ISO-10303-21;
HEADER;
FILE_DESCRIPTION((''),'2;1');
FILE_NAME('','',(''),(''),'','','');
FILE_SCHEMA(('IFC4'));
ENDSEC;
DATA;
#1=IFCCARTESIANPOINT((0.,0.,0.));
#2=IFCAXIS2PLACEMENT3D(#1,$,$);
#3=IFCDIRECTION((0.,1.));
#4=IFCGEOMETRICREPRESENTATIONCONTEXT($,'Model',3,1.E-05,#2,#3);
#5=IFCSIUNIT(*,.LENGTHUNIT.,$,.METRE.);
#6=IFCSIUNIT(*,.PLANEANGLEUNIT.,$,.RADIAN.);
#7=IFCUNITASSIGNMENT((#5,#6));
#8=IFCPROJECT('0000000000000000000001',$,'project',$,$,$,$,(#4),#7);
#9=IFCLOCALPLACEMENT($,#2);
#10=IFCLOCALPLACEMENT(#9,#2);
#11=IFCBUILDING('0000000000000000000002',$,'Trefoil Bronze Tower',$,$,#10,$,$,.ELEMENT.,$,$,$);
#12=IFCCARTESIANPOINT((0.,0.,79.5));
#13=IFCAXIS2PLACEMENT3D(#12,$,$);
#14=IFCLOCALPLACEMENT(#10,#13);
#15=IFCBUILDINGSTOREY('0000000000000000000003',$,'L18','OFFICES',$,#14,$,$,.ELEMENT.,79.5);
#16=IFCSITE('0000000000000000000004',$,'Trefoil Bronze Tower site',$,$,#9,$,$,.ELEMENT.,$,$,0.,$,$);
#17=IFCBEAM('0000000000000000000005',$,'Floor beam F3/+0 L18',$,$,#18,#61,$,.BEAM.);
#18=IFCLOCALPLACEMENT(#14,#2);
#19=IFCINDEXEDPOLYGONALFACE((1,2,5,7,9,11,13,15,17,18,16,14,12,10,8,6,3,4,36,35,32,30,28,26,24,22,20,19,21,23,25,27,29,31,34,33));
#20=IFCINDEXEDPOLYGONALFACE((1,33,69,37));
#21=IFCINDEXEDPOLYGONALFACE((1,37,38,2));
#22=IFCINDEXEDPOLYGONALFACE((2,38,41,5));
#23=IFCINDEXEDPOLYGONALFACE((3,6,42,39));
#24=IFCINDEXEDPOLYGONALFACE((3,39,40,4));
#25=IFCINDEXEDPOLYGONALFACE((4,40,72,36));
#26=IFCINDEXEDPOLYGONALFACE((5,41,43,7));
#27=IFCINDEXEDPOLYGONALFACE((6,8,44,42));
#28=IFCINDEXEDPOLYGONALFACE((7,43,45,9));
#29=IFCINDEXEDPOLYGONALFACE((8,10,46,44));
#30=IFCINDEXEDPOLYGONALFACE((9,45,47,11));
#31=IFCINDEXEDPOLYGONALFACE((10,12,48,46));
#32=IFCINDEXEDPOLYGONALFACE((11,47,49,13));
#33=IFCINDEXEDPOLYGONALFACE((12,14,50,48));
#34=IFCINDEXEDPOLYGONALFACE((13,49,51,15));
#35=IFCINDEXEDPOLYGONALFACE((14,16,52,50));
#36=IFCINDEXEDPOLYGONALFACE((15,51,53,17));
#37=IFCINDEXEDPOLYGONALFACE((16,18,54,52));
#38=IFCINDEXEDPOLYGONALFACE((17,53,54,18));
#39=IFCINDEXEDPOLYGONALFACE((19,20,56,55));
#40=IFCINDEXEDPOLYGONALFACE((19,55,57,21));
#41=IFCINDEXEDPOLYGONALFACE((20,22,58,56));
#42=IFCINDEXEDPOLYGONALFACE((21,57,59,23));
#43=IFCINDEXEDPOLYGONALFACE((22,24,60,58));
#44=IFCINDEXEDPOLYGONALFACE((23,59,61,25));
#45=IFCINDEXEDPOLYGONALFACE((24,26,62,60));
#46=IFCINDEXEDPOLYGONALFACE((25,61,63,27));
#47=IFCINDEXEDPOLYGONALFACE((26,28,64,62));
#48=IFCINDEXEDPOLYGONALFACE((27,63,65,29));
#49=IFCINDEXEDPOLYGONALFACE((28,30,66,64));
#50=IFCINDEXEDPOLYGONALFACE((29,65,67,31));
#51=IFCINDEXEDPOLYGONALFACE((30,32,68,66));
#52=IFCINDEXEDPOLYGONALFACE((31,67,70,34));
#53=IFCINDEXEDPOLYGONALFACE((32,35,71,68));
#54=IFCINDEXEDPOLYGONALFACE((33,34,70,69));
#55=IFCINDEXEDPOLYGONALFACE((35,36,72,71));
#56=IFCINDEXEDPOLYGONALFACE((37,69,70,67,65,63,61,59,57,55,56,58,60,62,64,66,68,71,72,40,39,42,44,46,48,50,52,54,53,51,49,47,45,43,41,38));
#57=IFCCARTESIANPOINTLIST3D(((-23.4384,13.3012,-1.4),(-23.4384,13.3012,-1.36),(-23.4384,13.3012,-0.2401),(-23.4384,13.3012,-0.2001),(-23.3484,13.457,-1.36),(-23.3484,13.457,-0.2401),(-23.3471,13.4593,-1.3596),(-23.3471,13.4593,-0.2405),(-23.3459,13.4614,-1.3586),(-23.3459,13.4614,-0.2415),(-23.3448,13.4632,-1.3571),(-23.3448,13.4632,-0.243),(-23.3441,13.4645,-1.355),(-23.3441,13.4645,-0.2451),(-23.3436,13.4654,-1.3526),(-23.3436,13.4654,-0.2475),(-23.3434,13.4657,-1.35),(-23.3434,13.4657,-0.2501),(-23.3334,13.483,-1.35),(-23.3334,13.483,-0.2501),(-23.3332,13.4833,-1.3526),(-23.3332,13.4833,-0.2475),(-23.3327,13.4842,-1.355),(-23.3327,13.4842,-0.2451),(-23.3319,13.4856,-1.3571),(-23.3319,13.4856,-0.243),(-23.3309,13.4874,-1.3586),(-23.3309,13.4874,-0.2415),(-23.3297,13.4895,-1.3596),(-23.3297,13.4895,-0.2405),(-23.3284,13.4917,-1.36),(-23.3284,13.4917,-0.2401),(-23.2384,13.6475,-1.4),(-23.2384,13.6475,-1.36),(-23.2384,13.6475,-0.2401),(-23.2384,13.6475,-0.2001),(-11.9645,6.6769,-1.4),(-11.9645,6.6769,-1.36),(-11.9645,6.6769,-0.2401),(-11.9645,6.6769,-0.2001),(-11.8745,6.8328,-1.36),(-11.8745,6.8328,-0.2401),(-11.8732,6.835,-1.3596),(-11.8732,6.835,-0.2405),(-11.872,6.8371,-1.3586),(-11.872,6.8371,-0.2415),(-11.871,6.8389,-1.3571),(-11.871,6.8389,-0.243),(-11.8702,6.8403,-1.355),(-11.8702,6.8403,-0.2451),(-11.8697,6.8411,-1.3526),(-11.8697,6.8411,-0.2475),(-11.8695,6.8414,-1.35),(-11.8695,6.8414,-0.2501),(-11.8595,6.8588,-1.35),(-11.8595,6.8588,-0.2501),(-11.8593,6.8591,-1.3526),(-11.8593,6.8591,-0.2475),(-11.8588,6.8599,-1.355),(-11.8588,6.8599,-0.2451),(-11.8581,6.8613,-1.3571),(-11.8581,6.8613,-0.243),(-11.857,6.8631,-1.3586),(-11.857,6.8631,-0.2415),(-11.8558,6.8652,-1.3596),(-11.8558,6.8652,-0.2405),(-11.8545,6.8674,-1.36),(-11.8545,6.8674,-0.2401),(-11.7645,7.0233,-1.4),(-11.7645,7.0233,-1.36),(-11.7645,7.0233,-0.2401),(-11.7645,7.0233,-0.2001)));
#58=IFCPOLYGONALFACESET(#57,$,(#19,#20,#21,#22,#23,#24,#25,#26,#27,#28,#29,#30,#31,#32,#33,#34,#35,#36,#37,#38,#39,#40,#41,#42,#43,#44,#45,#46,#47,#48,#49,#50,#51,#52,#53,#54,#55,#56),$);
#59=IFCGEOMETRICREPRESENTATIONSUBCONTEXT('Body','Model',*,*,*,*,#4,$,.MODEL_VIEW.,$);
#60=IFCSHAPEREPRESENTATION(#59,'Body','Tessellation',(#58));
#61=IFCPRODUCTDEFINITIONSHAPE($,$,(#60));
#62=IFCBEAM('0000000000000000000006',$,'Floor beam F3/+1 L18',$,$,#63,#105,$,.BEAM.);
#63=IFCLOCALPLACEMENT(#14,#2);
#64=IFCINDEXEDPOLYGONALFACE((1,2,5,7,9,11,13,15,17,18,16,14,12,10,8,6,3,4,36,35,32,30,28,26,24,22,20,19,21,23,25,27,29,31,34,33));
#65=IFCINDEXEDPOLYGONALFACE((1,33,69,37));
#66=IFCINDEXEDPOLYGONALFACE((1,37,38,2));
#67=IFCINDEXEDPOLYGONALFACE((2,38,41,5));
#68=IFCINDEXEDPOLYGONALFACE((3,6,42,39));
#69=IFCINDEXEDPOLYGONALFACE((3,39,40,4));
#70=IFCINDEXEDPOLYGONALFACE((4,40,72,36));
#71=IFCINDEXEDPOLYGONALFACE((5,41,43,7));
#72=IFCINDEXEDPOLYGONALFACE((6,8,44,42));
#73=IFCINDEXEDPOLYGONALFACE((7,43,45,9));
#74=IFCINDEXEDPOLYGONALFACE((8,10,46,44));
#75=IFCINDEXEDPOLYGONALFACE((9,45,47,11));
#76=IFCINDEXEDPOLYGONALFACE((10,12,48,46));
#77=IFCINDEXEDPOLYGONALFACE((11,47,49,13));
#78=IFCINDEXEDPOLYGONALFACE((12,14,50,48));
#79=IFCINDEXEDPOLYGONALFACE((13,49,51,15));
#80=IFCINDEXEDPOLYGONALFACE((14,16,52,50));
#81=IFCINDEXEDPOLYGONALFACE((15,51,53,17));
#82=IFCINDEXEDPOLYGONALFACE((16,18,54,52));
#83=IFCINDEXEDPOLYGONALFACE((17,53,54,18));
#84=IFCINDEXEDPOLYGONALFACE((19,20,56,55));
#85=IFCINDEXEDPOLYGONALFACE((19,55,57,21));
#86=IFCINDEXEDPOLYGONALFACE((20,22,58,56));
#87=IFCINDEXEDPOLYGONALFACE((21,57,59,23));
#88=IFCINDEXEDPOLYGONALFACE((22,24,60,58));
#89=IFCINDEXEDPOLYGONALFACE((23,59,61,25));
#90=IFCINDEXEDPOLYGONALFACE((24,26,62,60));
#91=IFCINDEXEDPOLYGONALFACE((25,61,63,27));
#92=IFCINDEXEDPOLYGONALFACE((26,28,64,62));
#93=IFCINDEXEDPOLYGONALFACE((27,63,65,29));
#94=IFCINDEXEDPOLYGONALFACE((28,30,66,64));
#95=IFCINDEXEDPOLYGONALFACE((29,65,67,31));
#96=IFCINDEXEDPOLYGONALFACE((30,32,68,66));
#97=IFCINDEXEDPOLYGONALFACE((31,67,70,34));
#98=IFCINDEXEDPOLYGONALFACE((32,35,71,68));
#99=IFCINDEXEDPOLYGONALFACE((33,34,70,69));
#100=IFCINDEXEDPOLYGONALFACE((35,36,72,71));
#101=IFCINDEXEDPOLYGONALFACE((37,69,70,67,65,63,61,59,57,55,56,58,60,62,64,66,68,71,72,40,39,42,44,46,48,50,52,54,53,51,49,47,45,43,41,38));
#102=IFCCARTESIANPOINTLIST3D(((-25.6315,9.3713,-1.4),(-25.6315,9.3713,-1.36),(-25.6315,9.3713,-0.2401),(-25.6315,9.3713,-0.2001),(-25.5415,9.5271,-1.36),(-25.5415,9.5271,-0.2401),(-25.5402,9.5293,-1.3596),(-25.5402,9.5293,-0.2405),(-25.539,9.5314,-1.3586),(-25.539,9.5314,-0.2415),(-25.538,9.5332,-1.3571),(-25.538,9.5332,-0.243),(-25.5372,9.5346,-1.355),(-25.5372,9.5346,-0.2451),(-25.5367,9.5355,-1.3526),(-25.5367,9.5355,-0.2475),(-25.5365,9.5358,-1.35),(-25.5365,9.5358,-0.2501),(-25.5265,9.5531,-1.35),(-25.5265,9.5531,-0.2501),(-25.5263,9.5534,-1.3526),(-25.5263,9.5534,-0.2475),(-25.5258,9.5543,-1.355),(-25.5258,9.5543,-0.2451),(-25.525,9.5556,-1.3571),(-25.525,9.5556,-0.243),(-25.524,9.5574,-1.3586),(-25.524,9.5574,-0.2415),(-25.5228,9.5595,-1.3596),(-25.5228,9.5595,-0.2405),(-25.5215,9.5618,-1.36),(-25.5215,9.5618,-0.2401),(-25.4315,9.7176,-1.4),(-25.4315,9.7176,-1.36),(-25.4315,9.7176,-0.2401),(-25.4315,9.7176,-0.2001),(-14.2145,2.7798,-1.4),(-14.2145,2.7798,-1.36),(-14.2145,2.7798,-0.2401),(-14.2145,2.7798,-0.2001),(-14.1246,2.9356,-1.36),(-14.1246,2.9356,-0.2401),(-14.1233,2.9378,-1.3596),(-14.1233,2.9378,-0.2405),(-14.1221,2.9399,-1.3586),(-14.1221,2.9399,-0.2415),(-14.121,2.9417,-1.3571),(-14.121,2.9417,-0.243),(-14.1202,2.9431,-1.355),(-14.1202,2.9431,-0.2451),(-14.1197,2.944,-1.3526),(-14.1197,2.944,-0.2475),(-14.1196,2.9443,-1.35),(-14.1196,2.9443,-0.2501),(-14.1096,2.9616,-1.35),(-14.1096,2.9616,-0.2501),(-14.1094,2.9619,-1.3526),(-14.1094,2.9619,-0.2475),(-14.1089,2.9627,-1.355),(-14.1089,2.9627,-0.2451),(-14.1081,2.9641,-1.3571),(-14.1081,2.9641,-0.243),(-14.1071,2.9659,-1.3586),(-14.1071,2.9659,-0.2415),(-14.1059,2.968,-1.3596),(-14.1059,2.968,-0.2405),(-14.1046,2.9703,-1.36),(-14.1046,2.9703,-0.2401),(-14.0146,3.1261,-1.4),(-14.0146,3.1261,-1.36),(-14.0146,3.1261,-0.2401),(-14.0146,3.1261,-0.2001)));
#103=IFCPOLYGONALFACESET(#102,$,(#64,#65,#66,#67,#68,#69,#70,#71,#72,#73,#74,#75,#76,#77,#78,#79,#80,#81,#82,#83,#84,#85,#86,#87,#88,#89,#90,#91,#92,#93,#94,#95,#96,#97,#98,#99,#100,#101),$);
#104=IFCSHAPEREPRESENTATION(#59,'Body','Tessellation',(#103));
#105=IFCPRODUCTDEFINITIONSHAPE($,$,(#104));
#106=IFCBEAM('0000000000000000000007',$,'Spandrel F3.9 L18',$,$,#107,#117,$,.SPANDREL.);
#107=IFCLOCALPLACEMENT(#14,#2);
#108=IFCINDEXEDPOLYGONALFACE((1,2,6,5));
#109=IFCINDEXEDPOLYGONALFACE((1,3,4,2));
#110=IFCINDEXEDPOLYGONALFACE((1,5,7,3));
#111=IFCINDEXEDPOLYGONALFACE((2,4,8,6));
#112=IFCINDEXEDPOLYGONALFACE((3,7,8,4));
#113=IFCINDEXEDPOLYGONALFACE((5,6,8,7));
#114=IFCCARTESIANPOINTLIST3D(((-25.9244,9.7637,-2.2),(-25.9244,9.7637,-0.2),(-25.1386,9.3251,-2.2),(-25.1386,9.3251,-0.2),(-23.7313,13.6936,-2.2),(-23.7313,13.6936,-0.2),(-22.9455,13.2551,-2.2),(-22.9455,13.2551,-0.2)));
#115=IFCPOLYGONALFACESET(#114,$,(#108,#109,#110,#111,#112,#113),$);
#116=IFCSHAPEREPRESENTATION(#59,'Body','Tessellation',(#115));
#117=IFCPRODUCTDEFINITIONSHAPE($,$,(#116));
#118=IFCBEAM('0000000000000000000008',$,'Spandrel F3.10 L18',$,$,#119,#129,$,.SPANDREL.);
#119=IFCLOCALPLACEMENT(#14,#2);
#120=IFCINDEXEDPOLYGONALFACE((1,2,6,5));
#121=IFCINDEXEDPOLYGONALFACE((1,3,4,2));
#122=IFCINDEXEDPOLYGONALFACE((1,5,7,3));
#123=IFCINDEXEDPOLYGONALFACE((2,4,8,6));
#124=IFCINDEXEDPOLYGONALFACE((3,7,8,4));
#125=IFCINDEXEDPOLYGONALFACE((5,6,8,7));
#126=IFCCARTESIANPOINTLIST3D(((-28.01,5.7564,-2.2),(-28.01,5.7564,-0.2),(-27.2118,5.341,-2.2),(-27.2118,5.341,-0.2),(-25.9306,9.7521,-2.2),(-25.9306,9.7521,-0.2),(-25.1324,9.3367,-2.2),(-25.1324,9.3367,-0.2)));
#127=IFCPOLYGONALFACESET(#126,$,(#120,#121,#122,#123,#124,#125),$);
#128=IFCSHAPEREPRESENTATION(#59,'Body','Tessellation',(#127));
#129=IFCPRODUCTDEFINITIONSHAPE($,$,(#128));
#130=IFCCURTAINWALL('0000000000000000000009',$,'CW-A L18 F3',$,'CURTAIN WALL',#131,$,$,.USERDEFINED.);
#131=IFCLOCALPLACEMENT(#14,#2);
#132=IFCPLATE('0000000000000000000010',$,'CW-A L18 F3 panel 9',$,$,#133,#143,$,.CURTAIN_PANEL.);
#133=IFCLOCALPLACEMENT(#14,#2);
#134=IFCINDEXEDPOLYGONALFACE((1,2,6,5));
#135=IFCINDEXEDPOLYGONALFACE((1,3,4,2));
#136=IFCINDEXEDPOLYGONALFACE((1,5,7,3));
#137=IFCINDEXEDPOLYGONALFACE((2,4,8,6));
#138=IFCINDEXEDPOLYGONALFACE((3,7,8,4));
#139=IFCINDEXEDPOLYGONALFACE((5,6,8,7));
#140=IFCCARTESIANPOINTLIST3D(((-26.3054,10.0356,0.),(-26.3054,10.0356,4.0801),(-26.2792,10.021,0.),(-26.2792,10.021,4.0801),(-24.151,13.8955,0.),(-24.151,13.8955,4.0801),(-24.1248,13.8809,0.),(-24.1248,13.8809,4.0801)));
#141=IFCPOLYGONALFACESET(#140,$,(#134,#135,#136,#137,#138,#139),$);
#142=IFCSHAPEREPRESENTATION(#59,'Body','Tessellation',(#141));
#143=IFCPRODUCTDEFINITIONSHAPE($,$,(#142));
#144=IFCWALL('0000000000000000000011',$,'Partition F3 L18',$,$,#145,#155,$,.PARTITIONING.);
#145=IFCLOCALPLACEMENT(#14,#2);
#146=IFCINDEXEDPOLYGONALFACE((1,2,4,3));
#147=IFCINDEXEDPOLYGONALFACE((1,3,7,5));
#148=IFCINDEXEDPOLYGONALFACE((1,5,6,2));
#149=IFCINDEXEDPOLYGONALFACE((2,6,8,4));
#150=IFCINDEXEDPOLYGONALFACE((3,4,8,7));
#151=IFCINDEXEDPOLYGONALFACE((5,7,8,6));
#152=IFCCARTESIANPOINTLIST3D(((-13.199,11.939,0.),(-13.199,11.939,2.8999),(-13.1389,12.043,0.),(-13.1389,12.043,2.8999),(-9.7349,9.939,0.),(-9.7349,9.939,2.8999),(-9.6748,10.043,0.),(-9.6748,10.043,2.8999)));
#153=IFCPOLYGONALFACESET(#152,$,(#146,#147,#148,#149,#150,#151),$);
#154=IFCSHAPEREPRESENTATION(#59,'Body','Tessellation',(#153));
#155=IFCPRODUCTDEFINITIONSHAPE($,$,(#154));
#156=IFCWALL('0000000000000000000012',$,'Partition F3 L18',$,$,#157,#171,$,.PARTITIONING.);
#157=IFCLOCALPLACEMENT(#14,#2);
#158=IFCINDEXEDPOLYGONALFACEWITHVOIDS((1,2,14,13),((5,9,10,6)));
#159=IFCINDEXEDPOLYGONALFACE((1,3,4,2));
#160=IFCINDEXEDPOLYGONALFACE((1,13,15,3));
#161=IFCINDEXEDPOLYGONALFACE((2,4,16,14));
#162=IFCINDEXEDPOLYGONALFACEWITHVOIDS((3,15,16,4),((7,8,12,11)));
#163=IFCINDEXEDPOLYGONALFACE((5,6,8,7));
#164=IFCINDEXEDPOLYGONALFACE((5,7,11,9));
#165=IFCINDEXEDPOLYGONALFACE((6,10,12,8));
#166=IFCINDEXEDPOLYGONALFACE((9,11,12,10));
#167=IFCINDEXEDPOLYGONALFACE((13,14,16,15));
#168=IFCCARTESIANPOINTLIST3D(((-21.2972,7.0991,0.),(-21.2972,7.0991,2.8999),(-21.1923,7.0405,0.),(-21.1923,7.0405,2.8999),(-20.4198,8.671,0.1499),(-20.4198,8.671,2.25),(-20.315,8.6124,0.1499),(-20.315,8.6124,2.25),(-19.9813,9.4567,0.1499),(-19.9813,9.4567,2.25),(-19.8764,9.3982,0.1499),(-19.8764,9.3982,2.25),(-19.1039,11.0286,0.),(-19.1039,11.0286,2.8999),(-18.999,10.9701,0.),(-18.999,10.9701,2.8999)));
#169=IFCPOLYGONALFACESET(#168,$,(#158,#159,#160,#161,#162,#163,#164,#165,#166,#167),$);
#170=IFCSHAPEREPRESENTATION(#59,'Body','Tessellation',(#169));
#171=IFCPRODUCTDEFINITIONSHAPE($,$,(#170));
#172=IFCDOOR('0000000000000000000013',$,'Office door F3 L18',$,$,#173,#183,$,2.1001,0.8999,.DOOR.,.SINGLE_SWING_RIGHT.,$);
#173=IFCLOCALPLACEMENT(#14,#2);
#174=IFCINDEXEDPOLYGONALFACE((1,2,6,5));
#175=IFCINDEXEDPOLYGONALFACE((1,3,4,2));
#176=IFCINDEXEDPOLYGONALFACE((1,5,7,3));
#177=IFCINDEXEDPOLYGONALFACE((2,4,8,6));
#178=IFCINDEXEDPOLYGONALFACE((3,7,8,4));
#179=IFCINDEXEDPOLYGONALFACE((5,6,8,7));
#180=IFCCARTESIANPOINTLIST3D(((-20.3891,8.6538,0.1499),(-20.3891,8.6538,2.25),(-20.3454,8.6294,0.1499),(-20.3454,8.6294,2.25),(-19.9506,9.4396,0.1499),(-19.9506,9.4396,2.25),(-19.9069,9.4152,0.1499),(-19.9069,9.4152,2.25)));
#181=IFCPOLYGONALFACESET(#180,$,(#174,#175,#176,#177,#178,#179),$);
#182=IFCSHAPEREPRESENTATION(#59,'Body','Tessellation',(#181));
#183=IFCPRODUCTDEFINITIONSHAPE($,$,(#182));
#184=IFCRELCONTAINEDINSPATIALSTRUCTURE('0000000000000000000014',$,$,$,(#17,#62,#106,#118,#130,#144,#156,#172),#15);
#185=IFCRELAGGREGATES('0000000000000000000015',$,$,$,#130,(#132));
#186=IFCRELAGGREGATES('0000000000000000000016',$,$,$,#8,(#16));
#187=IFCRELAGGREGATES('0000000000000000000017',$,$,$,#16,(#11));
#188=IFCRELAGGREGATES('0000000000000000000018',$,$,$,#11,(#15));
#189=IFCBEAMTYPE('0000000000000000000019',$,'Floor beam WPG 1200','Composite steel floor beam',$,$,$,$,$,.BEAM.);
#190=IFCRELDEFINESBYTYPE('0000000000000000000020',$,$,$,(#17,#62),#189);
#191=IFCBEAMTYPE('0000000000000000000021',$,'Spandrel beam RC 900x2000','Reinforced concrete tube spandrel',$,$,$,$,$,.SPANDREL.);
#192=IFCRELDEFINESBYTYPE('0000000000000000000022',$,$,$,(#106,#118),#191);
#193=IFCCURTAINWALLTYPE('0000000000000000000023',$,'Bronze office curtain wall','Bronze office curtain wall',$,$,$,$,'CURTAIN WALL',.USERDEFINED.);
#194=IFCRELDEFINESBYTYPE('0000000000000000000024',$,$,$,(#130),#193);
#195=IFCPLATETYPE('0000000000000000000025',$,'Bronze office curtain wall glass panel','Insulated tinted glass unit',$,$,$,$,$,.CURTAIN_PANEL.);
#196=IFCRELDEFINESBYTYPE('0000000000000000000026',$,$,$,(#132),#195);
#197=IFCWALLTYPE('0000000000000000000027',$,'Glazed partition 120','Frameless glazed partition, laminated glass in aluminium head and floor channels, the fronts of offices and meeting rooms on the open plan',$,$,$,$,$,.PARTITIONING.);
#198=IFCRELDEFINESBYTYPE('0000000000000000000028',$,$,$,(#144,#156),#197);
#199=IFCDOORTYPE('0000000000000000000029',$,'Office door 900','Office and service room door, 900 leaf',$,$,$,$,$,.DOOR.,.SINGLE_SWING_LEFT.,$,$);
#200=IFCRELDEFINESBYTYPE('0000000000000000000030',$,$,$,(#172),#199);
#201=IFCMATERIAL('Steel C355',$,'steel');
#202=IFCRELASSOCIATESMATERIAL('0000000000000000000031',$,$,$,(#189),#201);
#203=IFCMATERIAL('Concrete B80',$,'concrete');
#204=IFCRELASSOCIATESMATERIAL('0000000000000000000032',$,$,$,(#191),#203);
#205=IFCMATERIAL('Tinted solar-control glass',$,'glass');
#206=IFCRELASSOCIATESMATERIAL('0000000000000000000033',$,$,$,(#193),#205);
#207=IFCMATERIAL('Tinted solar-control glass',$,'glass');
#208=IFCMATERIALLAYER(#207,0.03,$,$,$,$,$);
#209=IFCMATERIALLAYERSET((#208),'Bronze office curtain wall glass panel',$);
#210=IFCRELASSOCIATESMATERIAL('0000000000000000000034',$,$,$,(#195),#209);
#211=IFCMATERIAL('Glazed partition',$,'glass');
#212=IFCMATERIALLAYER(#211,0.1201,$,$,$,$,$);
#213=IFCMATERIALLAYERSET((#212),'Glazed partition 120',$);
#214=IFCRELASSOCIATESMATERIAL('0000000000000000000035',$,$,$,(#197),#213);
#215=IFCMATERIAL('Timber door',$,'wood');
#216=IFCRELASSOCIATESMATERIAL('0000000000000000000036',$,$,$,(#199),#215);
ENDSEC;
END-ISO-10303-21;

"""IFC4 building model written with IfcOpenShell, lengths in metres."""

from ifc_helpers import new_model, si_unit, direction, frame, frame_2d, origin, origin_2d, place, context, subcontext, project, spatial, rectangle, i_section, extrude, material, layer, layer_set, material_profile, profile_set, type_object, element, fill, aggregate, save


model = new_model("IFC4")

# Units and contexts
model_context = context("Model", 3, precision=1e-05, world=origin(), true_north=direction((0.0, 1.0)))
body_context = subcontext(model_context, "Body", "Model", "MODEL_VIEW")
ifc_project = project(units=[si_unit("LENGTHUNIT", "METRE"), si_unit("PLANEANGLEUNIT", "RADIAN")], contexts=[model_context])

# Site, building, storey
site_placement = place(None, origin())
site = spatial("IfcSite", under=ifc_project, at=site_placement, Name="Trefoil Bronze Tower site", CompositionType="ELEMENT", RefElevation=0.0)
building_placement = place(site_placement, origin())
building = spatial("IfcBuilding", under=site, at=building_placement, Name="Trefoil Bronze Tower", CompositionType="ELEMENT")
storey_placement = place(building_placement, frame((0.0, 0.0, 79.5)))
storey = spatial("IfcBuildingStorey", under=building, at=storey_placement, Name="L18", Description="OFFICES", CompositionType="ELEMENT", Elevation=79.5)

# Beams
ifc_material_1 = material(Name="Steel C355", Category="steel")
ifc_material_profile_1 = material_profile(ifc_material_1, i_section(OverallWidth=0.3999, OverallDepth=1.2, WebThickness=0.02, FlangeThickness=0.04, FilletRadius=0.01, at=origin_2d()), Name="WPG 1200")
ifc_profile_set_1 = profile_set([ifc_material_profile_1], Name="Steel C355")
beam_type_1 = type_object("IfcBeamType", Name="Floor beam WPG 1200", Description="Composite steel floor beam", PredefinedType="BEAM", material=ifc_profile_set_1)
beam_1_placement = place(storey_placement, frame((-23.3384, 13.4744, -0.8), z_axis=(0.866031, -0.49999, 0.0), x_axis=(0.49999, 0.866031, 0.0)))
element("IfcBeam", 1, at=beam_1_placement, inside=storey, type_object=beam_type_1, Name="Floor beam F3/+0 L18", PredefinedType="BEAM", context=body_context, shape_type="SweptSolid", body=[
    extrude(i_section(OverallWidth=0.3999, OverallDepth=1.2, WebThickness=0.02, FlangeThickness=0.04, FilletRadius=0.01, at=origin_2d()), origin(), (0.0, 0.0, 1.0), 13.2488),
])
beam_2_placement = place(storey_placement, frame((-25.5315, 9.5444, -0.8), z_axis=(0.866027, -0.499997, 0.0), x_axis=(0.499997, 0.866027, 0.0)))
element("IfcBeam", 2, at=beam_2_placement, inside=storey, type_object=beam_type_1, Name="Floor beam F3/+1 L18", PredefinedType="BEAM", context=body_context, shape_type="SweptSolid", body=[
    extrude(i_section(OverallWidth=0.3999, OverallDepth=1.2, WebThickness=0.02, FlangeThickness=0.04, FilletRadius=0.01, at=origin_2d()), origin(), (0.0, 0.0, 1.0), 13.1831),
])
ifc_material_2 = material(Name="Concrete B80", Category="concrete")
ifc_material_profile_2 = material_profile(ifc_material_2, rectangle(XDim=0.8999, YDim=2.0, at=origin_2d()), Name="RC 900x2000")
ifc_profile_set_2 = profile_set([ifc_material_profile_2], Name="Concrete B80")
beam_type_2 = type_object("IfcBeamType", Name="Spandrel beam RC 900x2000", Description="Reinforced concrete tube spandrel", PredefinedType="SPANDREL", material=ifc_profile_set_2)
beam_3_placement = place(storey_placement, frame((-23.3384, 13.4744, -1.2), z_axis=(-0.487309, -0.873229, 0.0), x_axis=(0.873229, -0.487309, 0.0)))
element("IfcBeam", 3, at=beam_3_placement, inside=storey, type_object=beam_type_2, Name="Spandrel F3.9 L18", PredefinedType="SPANDREL", context=body_context, shape_type="SweptSolid", body=[
    extrude(rectangle(XDim=0.8999, YDim=2.0, at=origin_2d()), origin(), (0.0, 0.0, 1.0), 4.5005),
])
beam_4_placement = place(storey_placement, frame((-25.5315, 9.5444, -1.2), z_axis=(-0.461638, -0.887069, 0.0), x_axis=(0.887069, -0.461638, 0.0)))
element("IfcBeam", 4, at=beam_4_placement, inside=storey, type_object=beam_type_2, Name="Spandrel F3.10 L18", PredefinedType="SPANDREL", context=body_context, shape_type="SweptSolid", body=[
    extrude(rectangle(XDim=0.8999, YDim=2.0, at=origin_2d()), origin(), (0.0, 0.0, 1.0), 4.5044),
])

# Curtain wall, plate
ifc_material_3 = material(Name="Tinted solar-control glass", Category="glass")
curtain_wall_type = type_object("IfcCurtainWallType", Name="Bronze office curtain wall", Description="Bronze office curtain wall", ElementType="CURTAIN WALL", PredefinedType="USERDEFINED", material=ifc_material_3)
curtain_wall_placement = place(storey_placement, origin())
curtain_wall = element("IfcCurtainWall", 5, at=curtain_wall_placement, inside=storey, type_object=curtain_wall_type, Name="CW-A L18 F3", ObjectType="CURTAIN WALL", PredefinedType="USERDEFINED")
ifc_material_4 = material(Name="Tinted solar-control glass", Category="glass")
ifc_layer_1 = layer(ifc_material_4, 0.03)
ifc_layer_set_1 = layer_set([ifc_layer_1], Name="Bronze office curtain wall glass panel")
plate_type = type_object("IfcPlateType", Name="Bronze office curtain wall glass panel", Description="Insulated tinted glass unit", PredefinedType="CURTAIN_PANEL", material=ifc_layer_set_1)
plate_placement = place(storey_placement, frame((-25.2151, 11.9583, 0.0), z_axis=(0.0, 0.0, 1.0), x_axis=(-0.487382, -0.873189, 0.0)))
plate = element("IfcPlate", 6, at=plate_placement, type_object=plate_type, Name="CW-A L18 F3 panel 9", PredefinedType="CURTAIN_PANEL", context=body_context, shape_type="SweptSolid", body=[
    extrude(rectangle(XDim=4.4204, YDim=0.03, at=origin_2d()), origin(), (0.0, 0.0, 1.0), 4.0801),
])
aggregate(curtain_wall, [plate])

# Wall
ifc_material_5 = material(Name="Glazed partition", Category="glass")
ifc_layer_2 = layer(ifc_material_5, 0.1201)
ifc_layer_set_2 = layer_set([ifc_layer_2], Name="Glazed partition 120")
wall_type_1 = type_object("IfcWallType", Name="Glazed partition 120", Description="Frameless glazed partition, laminated glass in aluminium head and floor channels, the fronts of offices and meeting rooms on the open plan", PredefinedType="PARTITIONING", material=ifc_layer_set_2)
wall_1_placement = place(storey_placement, frame((-9.7048, 9.991, 0.0), z_axis=(0.0, 0.0, 1.0), x_axis=(-0.866026, 0.499999, 0.0)))
element("IfcWall", 7, at=wall_1_placement, inside=storey, type_object=wall_type_1, Name="Partition F3 L18", PredefinedType="PARTITIONING", context=body_context, shape_type="SweptSolid", body=[
    extrude(rectangle(XDim=4.0, YDim=0.1201, at=frame_2d((2.0, 0.0))), origin(), (0.0, 0.0, 1.0), 2.8999),
])

# Wall, opening, door
wall_2_placement = place(storey_placement, frame((-19.0515, 10.9993, 0.0), z_axis=(0.0, 0.0, 1.0), x_axis=(-0.487374, -0.873193, 0.0)))
wall_2 = element("IfcWall", 8, at=wall_2_placement, inside=storey, type_object=wall_type_1, Name="Partition F3 L18", PredefinedType="PARTITIONING", context=body_context, shape_type="SweptSolid", body=[
    extrude(rectangle(XDim=4.5002, YDim=0.1201, at=frame_2d((2.25, 0.0))), origin(), (0.0, 0.0, 1.0), 2.8999),
])
opening_1_placement = place(wall_2_placement, frame((1.8, 0.0, 0.1499)))
opening_1 = element("IfcOpeningElement", 9, at=opening_1_placement, cuts=wall_2, PredefinedType="OPENING", context=body_context, shape_type="SweptSolid", body=[
    extrude(rectangle(XDim=0.8999, YDim=2.1001, at=frame_2d((0.45, 1.05))), frame((0.0, 0.0701, 0.0), z_axis=(0.0, -1.0, 0.0), x_axis=(1.0, 0.0, 0.0)), (0.0, 0.0, 1.0), 0.1401),
])
ifc_material_6 = material(Name="Timber door", Category="wood")
door_type = type_object("IfcDoorType", Name="Office door 900", Description="Office and service room door, 900 leaf", OperationType="SINGLE_SWING_LEFT", PredefinedType="DOOR", material=ifc_material_6)
door_1_placement = place(opening_1_placement, frame((0.8999, 0.0, 0.0), z_axis=(0.0, 0.0, 1.0), x_axis=(-1.0, 0.0, 0.0)))
door_1 = element("IfcDoor", 10, at=door_1_placement, inside=storey, type_object=door_type, Name="Office door F3 L18", OperationType="SINGLE_SWING_RIGHT", OverallHeight=2.1001, OverallWidth=0.8999, PredefinedType="DOOR", context=body_context, shape_type="SweptSolid", body=[
    extrude(rectangle(XDim=0.8999, YDim=2.1001, at=frame_2d((0.45, 1.05))), frame((0.0, 0.0249, 0.0), z_axis=(0.0, -1.0, 0.0), x_axis=(1.0, 0.0, 0.0)), (0.0, 0.0, 1.0), 0.05),
])
fill(opening_1, door_1)

save(model, "model.ifc")
